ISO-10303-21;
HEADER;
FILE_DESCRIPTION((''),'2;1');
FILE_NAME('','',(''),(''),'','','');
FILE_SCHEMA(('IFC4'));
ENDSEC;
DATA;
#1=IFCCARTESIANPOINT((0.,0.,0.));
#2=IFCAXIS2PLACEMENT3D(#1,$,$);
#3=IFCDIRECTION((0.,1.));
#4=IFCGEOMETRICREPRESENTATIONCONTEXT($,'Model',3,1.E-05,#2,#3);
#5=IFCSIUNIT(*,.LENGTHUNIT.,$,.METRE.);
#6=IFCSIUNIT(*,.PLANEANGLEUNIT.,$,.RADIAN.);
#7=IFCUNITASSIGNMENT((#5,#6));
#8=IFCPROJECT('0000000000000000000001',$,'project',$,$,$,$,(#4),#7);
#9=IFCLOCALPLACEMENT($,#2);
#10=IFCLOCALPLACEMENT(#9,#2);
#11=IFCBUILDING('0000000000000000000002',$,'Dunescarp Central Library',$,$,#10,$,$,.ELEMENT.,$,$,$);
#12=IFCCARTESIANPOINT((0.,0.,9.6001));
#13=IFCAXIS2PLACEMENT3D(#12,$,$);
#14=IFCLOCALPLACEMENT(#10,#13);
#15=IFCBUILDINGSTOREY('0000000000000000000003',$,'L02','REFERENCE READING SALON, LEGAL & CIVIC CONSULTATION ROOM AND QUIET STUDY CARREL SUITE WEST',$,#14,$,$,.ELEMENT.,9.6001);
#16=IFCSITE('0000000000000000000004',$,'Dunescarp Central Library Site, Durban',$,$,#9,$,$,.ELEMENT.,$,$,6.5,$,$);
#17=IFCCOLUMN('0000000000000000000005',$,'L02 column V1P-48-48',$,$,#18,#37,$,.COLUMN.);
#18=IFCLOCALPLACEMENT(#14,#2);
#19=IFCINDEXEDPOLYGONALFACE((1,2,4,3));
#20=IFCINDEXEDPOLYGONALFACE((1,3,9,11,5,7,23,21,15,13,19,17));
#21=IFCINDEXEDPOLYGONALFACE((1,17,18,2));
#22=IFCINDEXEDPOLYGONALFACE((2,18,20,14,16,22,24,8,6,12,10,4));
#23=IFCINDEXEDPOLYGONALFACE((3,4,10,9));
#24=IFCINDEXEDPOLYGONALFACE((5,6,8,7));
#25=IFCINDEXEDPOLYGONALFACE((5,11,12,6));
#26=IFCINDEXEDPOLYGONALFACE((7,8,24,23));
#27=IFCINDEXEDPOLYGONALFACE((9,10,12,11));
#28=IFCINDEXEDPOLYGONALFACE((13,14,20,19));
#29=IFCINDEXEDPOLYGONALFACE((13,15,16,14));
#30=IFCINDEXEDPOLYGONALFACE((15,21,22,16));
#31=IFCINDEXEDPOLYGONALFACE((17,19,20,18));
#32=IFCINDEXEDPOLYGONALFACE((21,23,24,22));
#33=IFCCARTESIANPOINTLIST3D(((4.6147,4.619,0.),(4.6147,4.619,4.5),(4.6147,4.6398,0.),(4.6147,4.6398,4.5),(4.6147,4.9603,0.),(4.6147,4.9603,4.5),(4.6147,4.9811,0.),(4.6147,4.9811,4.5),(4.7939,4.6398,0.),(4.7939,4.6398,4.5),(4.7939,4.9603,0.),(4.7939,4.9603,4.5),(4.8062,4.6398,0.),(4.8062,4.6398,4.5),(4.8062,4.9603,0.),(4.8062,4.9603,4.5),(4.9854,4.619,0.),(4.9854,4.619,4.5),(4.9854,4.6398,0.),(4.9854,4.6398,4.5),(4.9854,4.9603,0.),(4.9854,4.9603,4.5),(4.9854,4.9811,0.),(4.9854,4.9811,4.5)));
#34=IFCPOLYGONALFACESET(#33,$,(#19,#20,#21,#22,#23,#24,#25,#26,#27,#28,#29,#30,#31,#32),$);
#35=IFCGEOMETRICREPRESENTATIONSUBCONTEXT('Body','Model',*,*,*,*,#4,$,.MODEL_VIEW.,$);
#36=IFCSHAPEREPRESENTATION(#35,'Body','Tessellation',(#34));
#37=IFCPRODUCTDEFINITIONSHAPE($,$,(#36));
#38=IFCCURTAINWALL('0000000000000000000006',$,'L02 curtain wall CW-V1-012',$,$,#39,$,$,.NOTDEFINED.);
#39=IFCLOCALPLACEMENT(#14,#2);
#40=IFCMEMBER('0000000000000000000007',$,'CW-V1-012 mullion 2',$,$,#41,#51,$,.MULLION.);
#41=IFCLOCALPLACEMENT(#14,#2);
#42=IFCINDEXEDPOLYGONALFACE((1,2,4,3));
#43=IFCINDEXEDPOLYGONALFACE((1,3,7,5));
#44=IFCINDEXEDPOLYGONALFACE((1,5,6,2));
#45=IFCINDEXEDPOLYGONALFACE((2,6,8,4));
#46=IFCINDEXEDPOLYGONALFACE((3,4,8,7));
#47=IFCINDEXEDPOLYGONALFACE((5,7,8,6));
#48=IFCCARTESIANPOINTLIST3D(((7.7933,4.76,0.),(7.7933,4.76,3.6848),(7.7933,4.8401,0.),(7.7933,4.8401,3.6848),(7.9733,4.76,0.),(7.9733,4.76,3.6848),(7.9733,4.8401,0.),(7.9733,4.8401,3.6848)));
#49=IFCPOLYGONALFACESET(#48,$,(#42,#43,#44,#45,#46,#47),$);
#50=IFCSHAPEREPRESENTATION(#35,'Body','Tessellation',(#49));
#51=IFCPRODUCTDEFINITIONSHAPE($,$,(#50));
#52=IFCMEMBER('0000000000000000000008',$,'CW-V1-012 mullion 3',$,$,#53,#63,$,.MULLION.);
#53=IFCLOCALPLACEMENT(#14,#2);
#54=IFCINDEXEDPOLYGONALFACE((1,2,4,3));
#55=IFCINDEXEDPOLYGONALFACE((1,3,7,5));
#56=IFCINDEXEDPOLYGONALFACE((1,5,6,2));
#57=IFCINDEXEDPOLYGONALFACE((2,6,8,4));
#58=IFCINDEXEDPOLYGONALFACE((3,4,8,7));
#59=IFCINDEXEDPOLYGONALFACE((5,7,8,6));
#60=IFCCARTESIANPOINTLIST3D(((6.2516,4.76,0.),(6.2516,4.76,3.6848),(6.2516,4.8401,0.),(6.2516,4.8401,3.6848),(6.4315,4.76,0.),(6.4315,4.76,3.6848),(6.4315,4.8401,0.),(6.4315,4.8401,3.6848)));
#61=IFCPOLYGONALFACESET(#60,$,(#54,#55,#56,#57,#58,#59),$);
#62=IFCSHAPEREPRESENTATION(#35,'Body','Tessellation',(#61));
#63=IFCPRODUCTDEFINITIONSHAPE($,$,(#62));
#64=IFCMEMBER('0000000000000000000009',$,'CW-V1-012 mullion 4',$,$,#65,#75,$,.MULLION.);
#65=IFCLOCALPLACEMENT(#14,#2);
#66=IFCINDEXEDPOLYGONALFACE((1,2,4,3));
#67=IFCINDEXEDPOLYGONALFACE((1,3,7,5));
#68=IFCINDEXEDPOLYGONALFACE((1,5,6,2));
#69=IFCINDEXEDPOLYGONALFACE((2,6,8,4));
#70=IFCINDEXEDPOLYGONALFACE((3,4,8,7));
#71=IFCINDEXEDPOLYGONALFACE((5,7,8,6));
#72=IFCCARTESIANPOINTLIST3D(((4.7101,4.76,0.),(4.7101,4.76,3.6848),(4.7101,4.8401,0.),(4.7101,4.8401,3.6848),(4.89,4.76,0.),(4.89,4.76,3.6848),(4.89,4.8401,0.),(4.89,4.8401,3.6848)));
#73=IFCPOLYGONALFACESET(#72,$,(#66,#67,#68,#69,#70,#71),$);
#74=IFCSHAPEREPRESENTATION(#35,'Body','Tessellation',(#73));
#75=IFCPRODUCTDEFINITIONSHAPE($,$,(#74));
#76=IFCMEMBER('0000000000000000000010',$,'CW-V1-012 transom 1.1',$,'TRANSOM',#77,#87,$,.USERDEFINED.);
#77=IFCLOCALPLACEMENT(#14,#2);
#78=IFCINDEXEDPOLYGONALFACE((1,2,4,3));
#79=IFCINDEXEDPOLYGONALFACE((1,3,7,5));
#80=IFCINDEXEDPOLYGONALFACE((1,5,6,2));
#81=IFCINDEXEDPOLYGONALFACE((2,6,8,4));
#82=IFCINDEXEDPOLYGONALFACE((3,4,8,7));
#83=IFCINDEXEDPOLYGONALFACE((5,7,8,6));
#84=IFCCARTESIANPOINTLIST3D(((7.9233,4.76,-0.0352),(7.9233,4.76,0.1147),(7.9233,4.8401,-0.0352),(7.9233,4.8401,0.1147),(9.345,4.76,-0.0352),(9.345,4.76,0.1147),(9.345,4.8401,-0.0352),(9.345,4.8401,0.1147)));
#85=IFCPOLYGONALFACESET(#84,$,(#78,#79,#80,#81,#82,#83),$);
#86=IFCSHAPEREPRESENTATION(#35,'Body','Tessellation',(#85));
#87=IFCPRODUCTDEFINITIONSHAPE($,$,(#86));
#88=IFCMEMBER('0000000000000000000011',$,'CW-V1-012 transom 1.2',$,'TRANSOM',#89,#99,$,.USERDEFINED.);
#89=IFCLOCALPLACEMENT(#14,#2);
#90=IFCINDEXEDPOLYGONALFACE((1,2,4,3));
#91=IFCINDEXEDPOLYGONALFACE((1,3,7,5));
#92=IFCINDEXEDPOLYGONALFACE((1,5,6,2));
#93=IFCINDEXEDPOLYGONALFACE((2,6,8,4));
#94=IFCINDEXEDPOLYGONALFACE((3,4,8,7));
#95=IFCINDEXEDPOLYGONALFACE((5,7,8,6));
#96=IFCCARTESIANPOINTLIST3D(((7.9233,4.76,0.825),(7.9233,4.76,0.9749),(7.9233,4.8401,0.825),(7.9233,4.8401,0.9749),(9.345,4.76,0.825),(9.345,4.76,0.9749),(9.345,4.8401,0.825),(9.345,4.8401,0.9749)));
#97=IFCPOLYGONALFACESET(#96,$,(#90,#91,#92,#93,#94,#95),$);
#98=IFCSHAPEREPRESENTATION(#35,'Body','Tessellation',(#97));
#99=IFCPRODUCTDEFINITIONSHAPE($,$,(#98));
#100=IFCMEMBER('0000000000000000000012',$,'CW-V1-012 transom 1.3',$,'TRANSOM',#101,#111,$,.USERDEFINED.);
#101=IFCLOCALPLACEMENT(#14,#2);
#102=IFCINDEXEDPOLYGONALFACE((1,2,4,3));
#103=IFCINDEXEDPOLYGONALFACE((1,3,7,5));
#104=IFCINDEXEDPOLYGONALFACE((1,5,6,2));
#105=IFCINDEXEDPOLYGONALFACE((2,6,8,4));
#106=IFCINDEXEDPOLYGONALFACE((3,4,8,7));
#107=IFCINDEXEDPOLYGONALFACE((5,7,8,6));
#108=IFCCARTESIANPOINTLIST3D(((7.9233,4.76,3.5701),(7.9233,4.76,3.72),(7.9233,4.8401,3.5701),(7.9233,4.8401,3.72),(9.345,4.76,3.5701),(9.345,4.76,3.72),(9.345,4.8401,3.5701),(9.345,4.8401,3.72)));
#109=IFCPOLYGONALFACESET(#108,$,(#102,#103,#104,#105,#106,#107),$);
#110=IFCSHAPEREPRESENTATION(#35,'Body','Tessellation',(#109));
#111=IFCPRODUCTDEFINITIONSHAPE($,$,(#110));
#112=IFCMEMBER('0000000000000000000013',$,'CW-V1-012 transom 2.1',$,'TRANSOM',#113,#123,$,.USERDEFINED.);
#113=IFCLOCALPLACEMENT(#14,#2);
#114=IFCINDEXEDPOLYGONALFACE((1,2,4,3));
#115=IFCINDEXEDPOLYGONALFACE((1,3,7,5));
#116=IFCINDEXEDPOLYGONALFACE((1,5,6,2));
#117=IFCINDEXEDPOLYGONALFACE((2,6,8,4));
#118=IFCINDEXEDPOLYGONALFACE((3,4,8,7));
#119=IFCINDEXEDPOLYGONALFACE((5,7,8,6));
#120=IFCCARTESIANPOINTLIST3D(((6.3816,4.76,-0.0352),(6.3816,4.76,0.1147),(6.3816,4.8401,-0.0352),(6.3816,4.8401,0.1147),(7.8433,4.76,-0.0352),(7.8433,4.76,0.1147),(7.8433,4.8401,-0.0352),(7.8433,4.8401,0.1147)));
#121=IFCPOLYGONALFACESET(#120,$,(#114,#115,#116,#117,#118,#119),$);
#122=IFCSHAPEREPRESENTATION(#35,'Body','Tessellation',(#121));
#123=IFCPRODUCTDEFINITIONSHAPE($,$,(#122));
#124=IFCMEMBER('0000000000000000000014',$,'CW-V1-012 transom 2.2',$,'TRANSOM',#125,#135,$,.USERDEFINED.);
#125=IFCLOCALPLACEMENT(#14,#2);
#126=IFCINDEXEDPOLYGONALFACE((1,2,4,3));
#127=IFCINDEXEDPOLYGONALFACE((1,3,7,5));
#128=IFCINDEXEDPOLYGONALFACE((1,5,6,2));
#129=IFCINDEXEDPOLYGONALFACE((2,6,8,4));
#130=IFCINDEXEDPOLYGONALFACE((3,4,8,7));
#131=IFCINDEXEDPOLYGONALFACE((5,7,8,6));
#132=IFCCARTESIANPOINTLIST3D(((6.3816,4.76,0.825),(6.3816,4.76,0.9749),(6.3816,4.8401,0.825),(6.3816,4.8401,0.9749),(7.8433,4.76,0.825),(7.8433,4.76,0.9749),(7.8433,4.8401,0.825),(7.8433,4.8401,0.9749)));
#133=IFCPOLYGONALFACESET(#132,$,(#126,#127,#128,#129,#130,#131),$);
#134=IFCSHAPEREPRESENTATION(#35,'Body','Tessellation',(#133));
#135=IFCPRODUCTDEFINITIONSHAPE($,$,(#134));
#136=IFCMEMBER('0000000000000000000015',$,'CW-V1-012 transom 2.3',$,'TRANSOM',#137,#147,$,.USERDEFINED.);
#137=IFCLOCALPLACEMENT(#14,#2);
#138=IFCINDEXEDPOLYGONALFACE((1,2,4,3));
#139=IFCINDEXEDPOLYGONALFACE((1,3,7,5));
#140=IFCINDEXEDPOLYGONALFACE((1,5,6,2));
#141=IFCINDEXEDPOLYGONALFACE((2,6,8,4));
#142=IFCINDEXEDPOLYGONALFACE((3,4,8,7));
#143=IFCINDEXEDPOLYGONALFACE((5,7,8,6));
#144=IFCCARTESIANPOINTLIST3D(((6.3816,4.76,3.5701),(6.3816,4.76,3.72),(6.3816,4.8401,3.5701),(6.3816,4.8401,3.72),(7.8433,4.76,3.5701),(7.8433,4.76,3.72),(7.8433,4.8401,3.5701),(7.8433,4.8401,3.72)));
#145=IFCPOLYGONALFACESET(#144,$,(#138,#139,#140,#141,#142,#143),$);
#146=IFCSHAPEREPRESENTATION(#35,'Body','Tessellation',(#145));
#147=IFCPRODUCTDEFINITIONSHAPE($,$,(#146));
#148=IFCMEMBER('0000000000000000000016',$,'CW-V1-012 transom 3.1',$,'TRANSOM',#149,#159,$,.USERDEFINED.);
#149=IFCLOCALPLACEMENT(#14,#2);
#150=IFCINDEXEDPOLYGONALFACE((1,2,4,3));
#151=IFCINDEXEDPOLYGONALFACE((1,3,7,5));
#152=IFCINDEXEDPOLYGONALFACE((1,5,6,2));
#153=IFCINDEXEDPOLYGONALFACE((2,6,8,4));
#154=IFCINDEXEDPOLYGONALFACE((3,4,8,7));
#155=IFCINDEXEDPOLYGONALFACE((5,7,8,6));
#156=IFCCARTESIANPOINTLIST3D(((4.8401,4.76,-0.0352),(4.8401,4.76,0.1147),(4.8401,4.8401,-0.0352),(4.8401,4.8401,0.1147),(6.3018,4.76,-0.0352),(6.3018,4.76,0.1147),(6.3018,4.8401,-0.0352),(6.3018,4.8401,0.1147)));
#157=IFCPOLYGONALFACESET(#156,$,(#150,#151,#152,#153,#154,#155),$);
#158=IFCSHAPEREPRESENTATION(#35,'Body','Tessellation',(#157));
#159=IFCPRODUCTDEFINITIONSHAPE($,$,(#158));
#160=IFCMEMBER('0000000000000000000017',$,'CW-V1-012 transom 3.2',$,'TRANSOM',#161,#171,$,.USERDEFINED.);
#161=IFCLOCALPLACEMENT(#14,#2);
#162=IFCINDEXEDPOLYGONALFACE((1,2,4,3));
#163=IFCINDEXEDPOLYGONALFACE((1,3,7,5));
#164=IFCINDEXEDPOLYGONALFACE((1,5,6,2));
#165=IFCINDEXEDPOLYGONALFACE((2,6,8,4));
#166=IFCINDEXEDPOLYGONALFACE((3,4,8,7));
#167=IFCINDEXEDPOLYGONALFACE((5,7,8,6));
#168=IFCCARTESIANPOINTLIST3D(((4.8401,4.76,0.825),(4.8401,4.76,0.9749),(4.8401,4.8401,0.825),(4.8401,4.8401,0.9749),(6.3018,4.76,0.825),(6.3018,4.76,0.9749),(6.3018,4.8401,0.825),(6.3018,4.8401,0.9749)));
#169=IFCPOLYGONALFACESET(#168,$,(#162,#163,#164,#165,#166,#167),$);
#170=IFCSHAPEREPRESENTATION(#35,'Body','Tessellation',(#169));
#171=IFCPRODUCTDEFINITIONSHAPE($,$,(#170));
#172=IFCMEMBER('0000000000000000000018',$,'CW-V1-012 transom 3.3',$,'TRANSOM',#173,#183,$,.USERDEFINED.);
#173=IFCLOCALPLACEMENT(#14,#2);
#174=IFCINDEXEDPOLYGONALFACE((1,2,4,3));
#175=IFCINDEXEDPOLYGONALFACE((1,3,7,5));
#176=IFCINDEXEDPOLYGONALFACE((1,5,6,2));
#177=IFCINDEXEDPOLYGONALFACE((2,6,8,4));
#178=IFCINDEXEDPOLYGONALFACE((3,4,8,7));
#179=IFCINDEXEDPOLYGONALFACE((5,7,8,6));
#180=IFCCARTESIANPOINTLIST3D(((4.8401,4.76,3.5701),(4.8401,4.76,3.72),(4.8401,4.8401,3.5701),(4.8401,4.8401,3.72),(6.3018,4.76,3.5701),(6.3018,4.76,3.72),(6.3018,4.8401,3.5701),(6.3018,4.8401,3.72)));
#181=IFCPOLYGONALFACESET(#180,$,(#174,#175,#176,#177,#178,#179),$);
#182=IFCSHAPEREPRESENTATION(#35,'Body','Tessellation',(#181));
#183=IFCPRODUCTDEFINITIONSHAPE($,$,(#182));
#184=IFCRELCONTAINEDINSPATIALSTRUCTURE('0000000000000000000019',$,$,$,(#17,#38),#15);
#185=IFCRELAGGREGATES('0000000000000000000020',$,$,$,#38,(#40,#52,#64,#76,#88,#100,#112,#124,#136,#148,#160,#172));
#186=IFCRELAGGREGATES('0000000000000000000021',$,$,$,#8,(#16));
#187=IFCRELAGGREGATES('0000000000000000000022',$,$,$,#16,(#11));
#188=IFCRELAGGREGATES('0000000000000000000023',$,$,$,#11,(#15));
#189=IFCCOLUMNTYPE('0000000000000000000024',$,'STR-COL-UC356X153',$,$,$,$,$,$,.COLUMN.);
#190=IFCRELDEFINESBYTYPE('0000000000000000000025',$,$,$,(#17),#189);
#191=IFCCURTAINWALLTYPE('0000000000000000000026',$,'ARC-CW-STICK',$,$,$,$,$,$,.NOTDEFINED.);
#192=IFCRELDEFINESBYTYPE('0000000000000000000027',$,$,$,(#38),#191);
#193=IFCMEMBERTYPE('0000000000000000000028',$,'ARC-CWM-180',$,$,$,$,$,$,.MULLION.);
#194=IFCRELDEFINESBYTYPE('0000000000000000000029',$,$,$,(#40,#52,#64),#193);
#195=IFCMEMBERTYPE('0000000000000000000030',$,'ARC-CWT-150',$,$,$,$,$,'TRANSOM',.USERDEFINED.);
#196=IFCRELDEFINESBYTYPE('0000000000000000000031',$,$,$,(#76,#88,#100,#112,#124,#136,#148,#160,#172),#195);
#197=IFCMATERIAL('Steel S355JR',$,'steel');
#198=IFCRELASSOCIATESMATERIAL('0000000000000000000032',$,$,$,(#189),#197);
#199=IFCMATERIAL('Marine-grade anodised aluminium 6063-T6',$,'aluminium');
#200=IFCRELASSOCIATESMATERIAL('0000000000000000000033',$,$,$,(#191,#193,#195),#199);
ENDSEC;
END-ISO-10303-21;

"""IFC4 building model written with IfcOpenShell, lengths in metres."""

from ifc_helpers import new_model, si_unit, direction, frame, origin, origin_2d, place, context, subcontext, project, spatial, rectangle, i_section, extrude, material, material_profile, profile_set, type_object, element, aggregate, save


model = new_model("IFC4")

# Units and contexts
model_context = context("Model", 3, precision=1e-05, world=origin(), true_north=direction((0.0, 1.0)))
body_context = subcontext(model_context, "Body", "Model", "MODEL_VIEW")
ifc_project = project(units=[si_unit("LENGTHUNIT", "METRE"), si_unit("PLANEANGLEUNIT", "RADIAN")], contexts=[model_context])

# Site, building, storey
site_placement = place(None, origin())
site = spatial("IfcSite", under=ifc_project, at=site_placement, Name="Dunescarp Central Library Site, Durban", CompositionType="ELEMENT", RefElevation=6.5)
building_placement = place(site_placement, origin())
building = spatial("IfcBuilding", under=site, at=building_placement, Name="Dunescarp Central Library", CompositionType="ELEMENT")
storey_placement = place(building_placement, frame((0.0, 0.0, 9.6001)))
storey = spatial("IfcBuildingStorey", under=building, at=storey_placement, Name="L02", Description="REFERENCE READING SALON, LEGAL & CIVIC CONSULTATION ROOM AND QUIET STUDY CARREL SUITE WEST", CompositionType="ELEMENT", Elevation=9.6001)

# Column
ifc_material_1 = material(Name="Steel S355JR", Category="steel")
ifc_material_profile_1 = material_profile(ifc_material_1, i_section(OverallWidth=0.3706, OverallDepth=0.3621, WebThickness=0.0122, FlangeThickness=0.0208, at=origin_2d()), Name="UC 356x368x153")
ifc_profile_set_1 = profile_set([ifc_material_profile_1], Name="Steel S355JR")
column_type = type_object("IfcColumnType", Name="STR-COL-UC356X153", PredefinedType="COLUMN", material=ifc_profile_set_1)
column_placement = place(storey_placement, frame((4.8, 4.8, 0.0), z_axis=(0.0, 0.0, 1.0), x_axis=(1.0, 0.0, 0.0)))
element("IfcColumn", 1, at=column_placement, inside=storey, type_object=column_type, Name="L02 column V1P-48-48", PredefinedType="COLUMN", context=body_context, shape_type="SweptSolid", body=[
    extrude(i_section(OverallWidth=0.3706, OverallDepth=0.3621, WebThickness=0.0122, FlangeThickness=0.0208, at=origin_2d()), origin(), (0.0, 0.0, 1.0), 4.5),
])

# Curtain wall, members
ifc_material_2 = material(Name="Marine-grade anodised aluminium 6063-T6", Category="aluminium")
curtain_wall_type = type_object("IfcCurtainWallType", Name="ARC-CW-STICK", PredefinedType="NOTDEFINED", material=ifc_material_2)
curtain_wall_placement = place(storey_placement, origin())
curtain_wall = element("IfcCurtainWall", 2, at=curtain_wall_placement, inside=storey, type_object=curtain_wall_type, Name="L02 curtain wall CW-V1-012", PredefinedType="NOTDEFINED")
ifc_material_profile_2 = material_profile(ifc_material_2, rectangle(XDim=0.0801, YDim=0.1799, at=origin_2d()), Name="AL 80x180")
ifc_profile_set_2 = profile_set([ifc_material_profile_2], Name="Marine-grade anodised aluminium 6063-T6")
member_type_1 = type_object("IfcMemberType", Name="ARC-CWM-180", PredefinedType="MULLION", material=ifc_profile_set_2)
member_1_placement = place(storey_placement, frame((7.8833, 4.8, 0.0), z_axis=(0.0, 0.0, 1.0), x_axis=(0.0, -1.0, 0.0)))
member_1 = element("IfcMember", 3, at=member_1_placement, type_object=member_type_1, Name="CW-V1-012 mullion 2", PredefinedType="MULLION", context=body_context, shape_type="SweptSolid", body=[
    extrude(rectangle(XDim=0.0801, YDim=0.1799, at=origin_2d()), origin(), (0.0, 0.0, 1.0), 3.6848),
])
member_2_placement = place(storey_placement, frame((6.3416, 4.8, 0.0), z_axis=(0.0, 0.0, 1.0), x_axis=(0.0, -1.0, 0.0)))
member_2 = element("IfcMember", 4, at=member_2_placement, type_object=member_type_1, Name="CW-V1-012 mullion 3", PredefinedType="MULLION", context=body_context, shape_type="SweptSolid", body=[
    extrude(rectangle(XDim=0.0801, YDim=0.1799, at=origin_2d()), origin(), (0.0, 0.0, 1.0), 3.6848),
])
member_3_placement = place(storey_placement, frame((4.8, 4.8, 0.0), z_axis=(0.0, 0.0, 1.0), x_axis=(0.0, -1.0, 0.0)))
member_3 = element("IfcMember", 5, at=member_3_placement, type_object=member_type_1, Name="CW-V1-012 mullion 4", PredefinedType="MULLION", context=body_context, shape_type="SweptSolid", body=[
    extrude(rectangle(XDim=0.0801, YDim=0.1799, at=origin_2d()), origin(), (0.0, 0.0, 1.0), 3.6848),
])
ifc_material_profile_3 = material_profile(ifc_material_2, rectangle(XDim=0.0801, YDim=0.1499, at=origin_2d()), Name="AL 80x150")
ifc_profile_set_3 = profile_set([ifc_material_profile_3], Name="Marine-grade anodised aluminium 6063-T6")
member_type_2 = type_object("IfcMemberType", Name="ARC-CWT-150", ElementType="TRANSOM", PredefinedType="USERDEFINED", material=ifc_profile_set_3)
member_4_placement = place(storey_placement, frame((9.345, 4.8, 0.0398), z_axis=(-1.0, 0.0, 0.0), x_axis=(0.0, -1.0, 0.0)))
member_4 = element("IfcMember", 6, at=member_4_placement, type_object=member_type_2, Name="CW-V1-012 transom 1.1", ObjectType="TRANSOM", PredefinedType="USERDEFINED", context=body_context, shape_type="SweptSolid", body=[
    extrude(rectangle(XDim=0.0801, YDim=0.1499, at=origin_2d()), origin(), (0.0, 0.0, 1.0), 1.4216),
])
member_5_placement = place(storey_placement, frame((9.345, 4.8, 0.8999), z_axis=(-1.0, 0.0, 0.0), x_axis=(0.0, -1.0, 0.0)))
member_5 = element("IfcMember", 7, at=member_5_placement, type_object=member_type_2, Name="CW-V1-012 transom 1.2", ObjectType="TRANSOM", PredefinedType="USERDEFINED", context=body_context, shape_type="SweptSolid", body=[
    extrude(rectangle(XDim=0.0801, YDim=0.1499, at=origin_2d()), origin(), (0.0, 0.0, 1.0), 1.4216),
])
member_6_placement = place(storey_placement, frame((9.345, 4.8, 3.645), z_axis=(-1.0, 0.0, 0.0), x_axis=(0.0, -1.0, 0.0)))
member_6 = element("IfcMember", 8, at=member_6_placement, type_object=member_type_2, Name="CW-V1-012 transom 1.3", ObjectType="TRANSOM", PredefinedType="USERDEFINED", context=body_context, shape_type="SweptSolid", body=[
    extrude(rectangle(XDim=0.0801, YDim=0.1499, at=origin_2d()), origin(), (0.0, 0.0, 1.0), 1.4216),
])
member_7_placement = place(storey_placement, frame((7.8433, 4.8, 0.0398), z_axis=(-1.0, 0.0, 0.0), x_axis=(0.0, -1.0, 0.0)))
member_7 = element("IfcMember", 9, at=member_7_placement, type_object=member_type_2, Name="CW-V1-012 transom 2.1", ObjectType="TRANSOM", PredefinedType="USERDEFINED", context=body_context, shape_type="SweptSolid", body=[
    extrude(rectangle(XDim=0.0801, YDim=0.1499, at=origin_2d()), origin(), (0.0, 0.0, 1.0), 1.4617),
])
member_8_placement = place(storey_placement, frame((7.8433, 4.8, 0.8999), z_axis=(-1.0, 0.0, 0.0), x_axis=(0.0, -1.0, 0.0)))
member_8 = element("IfcMember", 10, at=member_8_placement, type_object=member_type_2, Name="CW-V1-012 transom 2.2", ObjectType="TRANSOM", PredefinedType="USERDEFINED", context=body_context, shape_type="SweptSolid", body=[
    extrude(rectangle(XDim=0.0801, YDim=0.1499, at=origin_2d()), origin(), (0.0, 0.0, 1.0), 1.4617),
])
member_9_placement = place(storey_placement, frame((7.8433, 4.8, 3.645), z_axis=(-1.0, 0.0, 0.0), x_axis=(0.0, -1.0, 0.0)))
member_9 = element("IfcMember", 11, at=member_9_placement, type_object=member_type_2, Name="CW-V1-012 transom 2.3", ObjectType="TRANSOM", PredefinedType="USERDEFINED", context=body_context, shape_type="SweptSolid", body=[
    extrude(rectangle(XDim=0.0801, YDim=0.1499, at=origin_2d()), origin(), (0.0, 0.0, 1.0), 1.4617),
])
member_10_placement = place(storey_placement, frame((6.3018, 4.8, 0.0398), z_axis=(-1.0, 0.0, 0.0), x_axis=(0.0, -1.0, 0.0)))
member_10 = element("IfcMember", 12, at=member_10_placement, type_object=member_type_2, Name="CW-V1-012 transom 3.1", ObjectType="TRANSOM", PredefinedType="USERDEFINED", context=body_context, shape_type="SweptSolid", body=[
    extrude(rectangle(XDim=0.0801, YDim=0.1499, at=origin_2d()), origin(), (0.0, 0.0, 1.0), 1.4617),
])
member_11_placement = place(storey_placement, frame((6.3018, 4.8, 0.8999), z_axis=(-1.0, 0.0, 0.0), x_axis=(0.0, -1.0, 0.0)))
member_11 = element("IfcMember", 13, at=member_11_placement, type_object=member_type_2, Name="CW-V1-012 transom 3.2", ObjectType="TRANSOM", PredefinedType="USERDEFINED", context=body_context, shape_type="SweptSolid", body=[
    extrude(rectangle(XDim=0.0801, YDim=0.1499, at=origin_2d()), origin(), (0.0, 0.0, 1.0), 1.4617),
])
member_12_placement = place(storey_placement, frame((6.3018, 4.8, 3.645), z_axis=(-1.0, 0.0, 0.0), x_axis=(0.0, -1.0, 0.0)))
member_12 = element("IfcMember", 14, at=member_12_placement, type_object=member_type_2, Name="CW-V1-012 transom 3.3", ObjectType="TRANSOM", PredefinedType="USERDEFINED", context=body_context, shape_type="SweptSolid", body=[
    extrude(rectangle(XDim=0.0801, YDim=0.1499, at=origin_2d()), origin(), (0.0, 0.0, 1.0), 1.4617),
])
aggregate(curtain_wall, [member_1, member_2, member_3, member_4, member_5, member_6, member_7, member_8, member_9, member_10, member_11, member_12])

save(model, "model.ifc")
